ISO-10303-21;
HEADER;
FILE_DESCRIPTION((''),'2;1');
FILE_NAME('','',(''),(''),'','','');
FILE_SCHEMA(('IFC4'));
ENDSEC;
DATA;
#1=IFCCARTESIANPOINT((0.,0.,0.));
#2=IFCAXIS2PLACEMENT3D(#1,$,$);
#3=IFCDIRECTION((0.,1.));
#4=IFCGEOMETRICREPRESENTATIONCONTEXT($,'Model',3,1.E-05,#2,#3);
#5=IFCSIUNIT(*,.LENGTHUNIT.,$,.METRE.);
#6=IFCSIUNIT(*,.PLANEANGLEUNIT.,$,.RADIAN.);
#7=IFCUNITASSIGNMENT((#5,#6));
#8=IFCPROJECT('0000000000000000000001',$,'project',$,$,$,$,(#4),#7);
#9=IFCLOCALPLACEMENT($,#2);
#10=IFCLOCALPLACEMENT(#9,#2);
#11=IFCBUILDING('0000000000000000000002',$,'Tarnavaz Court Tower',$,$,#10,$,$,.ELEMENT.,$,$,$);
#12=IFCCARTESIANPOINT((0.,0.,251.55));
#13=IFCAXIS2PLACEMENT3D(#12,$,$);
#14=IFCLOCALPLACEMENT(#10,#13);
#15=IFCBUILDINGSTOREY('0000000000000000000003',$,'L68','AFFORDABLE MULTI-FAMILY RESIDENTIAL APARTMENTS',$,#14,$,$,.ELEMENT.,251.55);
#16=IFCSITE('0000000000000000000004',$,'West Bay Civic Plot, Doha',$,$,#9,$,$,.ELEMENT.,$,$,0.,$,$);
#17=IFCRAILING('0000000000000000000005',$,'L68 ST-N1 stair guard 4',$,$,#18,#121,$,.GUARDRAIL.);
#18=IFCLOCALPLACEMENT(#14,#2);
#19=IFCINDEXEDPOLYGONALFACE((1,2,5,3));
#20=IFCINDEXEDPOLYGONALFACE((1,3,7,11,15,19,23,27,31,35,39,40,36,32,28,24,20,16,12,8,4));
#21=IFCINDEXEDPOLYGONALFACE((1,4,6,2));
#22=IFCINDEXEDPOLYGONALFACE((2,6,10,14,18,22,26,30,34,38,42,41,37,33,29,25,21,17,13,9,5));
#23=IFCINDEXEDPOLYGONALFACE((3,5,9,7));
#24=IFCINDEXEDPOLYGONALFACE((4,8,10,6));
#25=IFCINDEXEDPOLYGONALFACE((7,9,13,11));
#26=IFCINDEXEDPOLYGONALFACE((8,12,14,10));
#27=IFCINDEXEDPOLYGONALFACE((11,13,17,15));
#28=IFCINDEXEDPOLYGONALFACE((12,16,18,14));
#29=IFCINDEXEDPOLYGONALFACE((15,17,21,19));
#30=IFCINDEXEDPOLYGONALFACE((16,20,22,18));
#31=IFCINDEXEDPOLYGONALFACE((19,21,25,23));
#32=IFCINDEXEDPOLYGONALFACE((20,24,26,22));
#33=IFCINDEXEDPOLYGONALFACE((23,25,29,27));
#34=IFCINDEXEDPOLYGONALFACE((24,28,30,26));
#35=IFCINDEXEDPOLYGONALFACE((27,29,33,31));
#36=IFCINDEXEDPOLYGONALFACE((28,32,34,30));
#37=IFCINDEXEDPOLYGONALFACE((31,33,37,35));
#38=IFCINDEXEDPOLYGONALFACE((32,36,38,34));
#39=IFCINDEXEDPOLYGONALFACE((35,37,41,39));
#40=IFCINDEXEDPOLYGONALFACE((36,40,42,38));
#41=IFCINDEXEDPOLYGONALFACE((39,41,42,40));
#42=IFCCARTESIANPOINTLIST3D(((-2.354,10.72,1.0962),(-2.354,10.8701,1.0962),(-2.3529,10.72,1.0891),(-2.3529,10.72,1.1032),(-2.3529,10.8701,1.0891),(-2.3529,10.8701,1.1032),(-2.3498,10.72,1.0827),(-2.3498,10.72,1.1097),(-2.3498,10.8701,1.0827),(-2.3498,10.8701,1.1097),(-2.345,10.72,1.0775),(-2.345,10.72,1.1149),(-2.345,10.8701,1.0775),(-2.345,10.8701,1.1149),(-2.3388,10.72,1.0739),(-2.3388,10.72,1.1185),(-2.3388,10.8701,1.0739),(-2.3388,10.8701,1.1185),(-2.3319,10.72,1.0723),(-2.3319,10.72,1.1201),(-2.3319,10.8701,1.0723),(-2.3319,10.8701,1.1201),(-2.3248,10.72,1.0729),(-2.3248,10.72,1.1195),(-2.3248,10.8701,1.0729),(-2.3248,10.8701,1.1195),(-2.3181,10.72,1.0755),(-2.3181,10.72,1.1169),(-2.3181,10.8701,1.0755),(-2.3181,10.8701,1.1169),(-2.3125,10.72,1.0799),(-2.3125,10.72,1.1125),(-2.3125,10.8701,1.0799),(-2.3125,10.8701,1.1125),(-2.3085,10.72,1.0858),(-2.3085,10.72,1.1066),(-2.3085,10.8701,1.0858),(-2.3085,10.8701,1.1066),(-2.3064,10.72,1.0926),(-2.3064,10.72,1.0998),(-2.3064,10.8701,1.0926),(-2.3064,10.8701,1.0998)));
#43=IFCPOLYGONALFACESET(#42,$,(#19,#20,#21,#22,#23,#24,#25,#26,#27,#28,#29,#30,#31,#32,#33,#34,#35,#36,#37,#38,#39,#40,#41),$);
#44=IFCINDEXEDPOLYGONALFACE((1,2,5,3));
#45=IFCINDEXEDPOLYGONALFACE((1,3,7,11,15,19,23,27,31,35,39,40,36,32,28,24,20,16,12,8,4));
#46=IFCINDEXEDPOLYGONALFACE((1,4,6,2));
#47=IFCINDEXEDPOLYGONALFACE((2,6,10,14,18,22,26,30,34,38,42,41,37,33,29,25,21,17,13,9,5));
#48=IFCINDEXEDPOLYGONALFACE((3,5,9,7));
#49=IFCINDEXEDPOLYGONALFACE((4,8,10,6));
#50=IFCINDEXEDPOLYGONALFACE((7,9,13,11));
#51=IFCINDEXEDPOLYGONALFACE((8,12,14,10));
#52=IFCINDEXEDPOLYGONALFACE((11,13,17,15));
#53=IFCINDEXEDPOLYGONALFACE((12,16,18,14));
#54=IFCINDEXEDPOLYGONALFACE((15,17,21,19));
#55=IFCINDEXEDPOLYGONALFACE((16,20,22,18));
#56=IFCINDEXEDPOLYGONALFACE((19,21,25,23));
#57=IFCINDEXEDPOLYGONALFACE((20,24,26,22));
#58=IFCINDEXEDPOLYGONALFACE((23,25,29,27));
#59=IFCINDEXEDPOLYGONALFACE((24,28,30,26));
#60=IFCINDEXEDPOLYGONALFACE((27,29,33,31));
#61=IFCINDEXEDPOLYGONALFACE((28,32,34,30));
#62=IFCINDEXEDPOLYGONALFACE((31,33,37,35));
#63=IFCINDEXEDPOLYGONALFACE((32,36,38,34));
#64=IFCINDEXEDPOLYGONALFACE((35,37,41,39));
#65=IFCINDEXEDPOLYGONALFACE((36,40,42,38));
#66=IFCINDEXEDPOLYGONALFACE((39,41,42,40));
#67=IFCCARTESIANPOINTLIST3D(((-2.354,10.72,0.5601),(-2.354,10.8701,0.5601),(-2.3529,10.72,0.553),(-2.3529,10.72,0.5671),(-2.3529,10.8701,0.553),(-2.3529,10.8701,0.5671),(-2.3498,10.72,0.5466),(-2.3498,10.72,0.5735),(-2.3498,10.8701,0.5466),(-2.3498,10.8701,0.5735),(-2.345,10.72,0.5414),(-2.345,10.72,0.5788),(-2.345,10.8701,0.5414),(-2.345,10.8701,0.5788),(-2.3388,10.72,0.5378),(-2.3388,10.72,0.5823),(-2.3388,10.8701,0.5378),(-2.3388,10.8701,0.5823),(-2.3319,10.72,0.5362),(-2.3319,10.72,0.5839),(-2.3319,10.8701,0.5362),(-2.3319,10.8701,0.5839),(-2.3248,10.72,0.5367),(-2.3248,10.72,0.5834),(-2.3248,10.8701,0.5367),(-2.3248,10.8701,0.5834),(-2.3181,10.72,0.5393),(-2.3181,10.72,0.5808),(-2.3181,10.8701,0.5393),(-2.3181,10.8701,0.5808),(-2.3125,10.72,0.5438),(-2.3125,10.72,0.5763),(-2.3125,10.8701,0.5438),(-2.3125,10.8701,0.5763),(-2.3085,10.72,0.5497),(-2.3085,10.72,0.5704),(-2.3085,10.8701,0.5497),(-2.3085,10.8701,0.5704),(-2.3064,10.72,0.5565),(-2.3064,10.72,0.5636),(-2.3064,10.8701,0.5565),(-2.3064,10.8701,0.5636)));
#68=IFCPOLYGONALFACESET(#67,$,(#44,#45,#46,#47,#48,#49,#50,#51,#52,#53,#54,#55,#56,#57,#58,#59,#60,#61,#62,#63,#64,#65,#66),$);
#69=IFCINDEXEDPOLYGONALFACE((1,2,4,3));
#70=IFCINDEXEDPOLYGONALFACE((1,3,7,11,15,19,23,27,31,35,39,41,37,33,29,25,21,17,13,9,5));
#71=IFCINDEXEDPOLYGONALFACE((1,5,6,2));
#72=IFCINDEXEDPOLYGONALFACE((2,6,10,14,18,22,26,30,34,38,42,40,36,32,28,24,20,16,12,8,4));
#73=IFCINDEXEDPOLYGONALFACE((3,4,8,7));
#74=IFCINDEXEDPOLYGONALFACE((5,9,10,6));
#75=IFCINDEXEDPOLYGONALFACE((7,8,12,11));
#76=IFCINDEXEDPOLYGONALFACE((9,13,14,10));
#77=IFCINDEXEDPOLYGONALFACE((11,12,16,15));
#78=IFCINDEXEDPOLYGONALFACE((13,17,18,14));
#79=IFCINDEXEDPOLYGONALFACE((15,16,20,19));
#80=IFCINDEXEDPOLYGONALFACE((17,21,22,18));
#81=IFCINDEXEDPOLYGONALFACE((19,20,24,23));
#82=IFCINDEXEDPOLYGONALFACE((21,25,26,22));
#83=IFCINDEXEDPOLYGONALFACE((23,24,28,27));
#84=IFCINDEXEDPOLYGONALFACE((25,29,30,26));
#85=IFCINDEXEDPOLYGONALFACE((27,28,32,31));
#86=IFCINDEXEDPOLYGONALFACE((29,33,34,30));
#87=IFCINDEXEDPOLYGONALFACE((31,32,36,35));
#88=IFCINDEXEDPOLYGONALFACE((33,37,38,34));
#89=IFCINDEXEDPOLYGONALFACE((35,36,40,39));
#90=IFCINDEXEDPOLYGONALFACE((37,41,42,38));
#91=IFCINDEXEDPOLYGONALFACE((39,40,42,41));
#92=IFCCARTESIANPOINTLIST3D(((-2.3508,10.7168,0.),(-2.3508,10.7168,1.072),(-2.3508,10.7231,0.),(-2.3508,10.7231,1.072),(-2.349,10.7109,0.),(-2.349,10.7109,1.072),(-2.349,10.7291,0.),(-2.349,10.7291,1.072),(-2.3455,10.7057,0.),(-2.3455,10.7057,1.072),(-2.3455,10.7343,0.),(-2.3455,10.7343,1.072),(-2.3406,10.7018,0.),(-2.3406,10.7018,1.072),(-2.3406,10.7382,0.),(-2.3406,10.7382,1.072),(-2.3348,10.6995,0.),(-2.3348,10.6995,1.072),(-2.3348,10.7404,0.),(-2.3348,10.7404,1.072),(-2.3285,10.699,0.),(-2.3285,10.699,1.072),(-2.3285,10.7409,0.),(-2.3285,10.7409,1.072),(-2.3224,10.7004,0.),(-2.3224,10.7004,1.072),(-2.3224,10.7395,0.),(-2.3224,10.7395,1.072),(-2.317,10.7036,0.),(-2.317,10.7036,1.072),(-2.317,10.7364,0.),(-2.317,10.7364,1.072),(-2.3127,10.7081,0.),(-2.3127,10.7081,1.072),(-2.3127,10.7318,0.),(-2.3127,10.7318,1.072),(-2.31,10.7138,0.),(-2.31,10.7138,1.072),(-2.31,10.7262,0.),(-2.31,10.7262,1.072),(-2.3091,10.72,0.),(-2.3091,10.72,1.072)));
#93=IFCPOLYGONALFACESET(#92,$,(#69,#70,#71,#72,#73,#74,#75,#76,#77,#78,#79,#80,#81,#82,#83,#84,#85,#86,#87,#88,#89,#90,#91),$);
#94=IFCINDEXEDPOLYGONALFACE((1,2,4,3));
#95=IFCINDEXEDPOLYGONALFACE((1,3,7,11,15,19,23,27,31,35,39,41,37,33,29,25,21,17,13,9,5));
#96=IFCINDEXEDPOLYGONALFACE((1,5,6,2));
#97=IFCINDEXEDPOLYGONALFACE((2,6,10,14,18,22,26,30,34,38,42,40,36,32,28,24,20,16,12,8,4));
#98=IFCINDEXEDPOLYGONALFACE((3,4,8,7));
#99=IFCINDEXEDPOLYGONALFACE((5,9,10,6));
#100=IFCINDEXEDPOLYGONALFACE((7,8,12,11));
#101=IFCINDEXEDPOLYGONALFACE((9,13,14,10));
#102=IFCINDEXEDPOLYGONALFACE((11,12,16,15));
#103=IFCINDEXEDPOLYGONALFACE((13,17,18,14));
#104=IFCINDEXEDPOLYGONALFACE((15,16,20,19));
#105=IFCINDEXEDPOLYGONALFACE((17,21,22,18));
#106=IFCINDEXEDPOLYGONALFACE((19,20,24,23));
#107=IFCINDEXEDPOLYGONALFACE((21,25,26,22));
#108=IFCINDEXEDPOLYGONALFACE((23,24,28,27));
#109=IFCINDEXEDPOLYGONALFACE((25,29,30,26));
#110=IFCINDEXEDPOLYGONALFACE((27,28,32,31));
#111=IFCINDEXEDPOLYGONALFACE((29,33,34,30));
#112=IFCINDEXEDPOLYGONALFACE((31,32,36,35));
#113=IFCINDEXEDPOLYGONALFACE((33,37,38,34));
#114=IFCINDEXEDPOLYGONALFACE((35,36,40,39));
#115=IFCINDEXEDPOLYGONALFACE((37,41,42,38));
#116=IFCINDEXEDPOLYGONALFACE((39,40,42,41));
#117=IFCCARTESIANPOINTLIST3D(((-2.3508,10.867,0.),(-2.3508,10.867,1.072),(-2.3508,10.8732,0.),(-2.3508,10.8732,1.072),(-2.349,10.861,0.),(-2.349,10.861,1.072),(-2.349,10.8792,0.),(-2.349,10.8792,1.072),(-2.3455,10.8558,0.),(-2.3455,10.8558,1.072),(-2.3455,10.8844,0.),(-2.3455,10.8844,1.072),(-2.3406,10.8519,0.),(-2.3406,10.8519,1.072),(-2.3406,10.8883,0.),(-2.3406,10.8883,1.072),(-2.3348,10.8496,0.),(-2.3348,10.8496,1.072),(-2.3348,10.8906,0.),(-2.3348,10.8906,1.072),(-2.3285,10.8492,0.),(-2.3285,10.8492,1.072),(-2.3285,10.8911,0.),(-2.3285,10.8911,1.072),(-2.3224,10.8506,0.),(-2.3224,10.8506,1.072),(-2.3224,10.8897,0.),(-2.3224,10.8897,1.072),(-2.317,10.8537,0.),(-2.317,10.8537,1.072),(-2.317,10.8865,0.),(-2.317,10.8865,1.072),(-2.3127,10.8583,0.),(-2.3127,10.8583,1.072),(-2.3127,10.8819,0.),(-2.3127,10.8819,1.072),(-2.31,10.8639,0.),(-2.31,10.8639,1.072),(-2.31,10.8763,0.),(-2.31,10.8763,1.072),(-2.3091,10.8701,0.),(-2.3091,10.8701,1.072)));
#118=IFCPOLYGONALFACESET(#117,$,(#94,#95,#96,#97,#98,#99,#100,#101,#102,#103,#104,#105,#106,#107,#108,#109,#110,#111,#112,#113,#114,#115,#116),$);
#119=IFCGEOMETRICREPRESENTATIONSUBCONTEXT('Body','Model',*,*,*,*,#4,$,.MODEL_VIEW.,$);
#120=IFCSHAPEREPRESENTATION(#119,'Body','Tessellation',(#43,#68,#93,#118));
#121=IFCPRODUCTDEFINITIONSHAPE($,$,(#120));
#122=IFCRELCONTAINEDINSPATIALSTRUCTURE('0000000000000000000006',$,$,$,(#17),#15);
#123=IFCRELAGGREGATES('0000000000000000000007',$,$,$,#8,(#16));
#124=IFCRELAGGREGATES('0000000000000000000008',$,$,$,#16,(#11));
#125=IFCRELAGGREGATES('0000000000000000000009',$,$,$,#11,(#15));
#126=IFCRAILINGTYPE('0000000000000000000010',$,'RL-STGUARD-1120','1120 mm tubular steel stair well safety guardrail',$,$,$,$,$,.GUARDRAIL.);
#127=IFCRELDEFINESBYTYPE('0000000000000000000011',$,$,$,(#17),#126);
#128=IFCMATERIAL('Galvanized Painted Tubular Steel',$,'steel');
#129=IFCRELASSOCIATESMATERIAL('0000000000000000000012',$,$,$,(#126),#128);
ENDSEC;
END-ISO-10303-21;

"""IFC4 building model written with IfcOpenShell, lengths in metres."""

from ifc_helpers import new_model, si_unit, direction, frame, origin, origin_2d, place, context, subcontext, project, spatial, circle, extrude, material, type_object, element, save


model = new_model("IFC4")

# Units and contexts
model_context = context("Model", 3, precision=1e-05, world=origin(), true_north=direction((0.0, 1.0)))
body_context = subcontext(model_context, "Body", "Model", "MODEL_VIEW")
ifc_project = project(units=[si_unit("LENGTHUNIT", "METRE"), si_unit("PLANEANGLEUNIT", "RADIAN")], contexts=[model_context])

# Site, building, storey
site_placement = place(None, origin())
site = spatial("IfcSite", under=ifc_project, at=site_placement, Name="West Bay Civic Plot, Doha", CompositionType="ELEMENT", RefElevation=0.0)
building_placement = place(site_placement, origin())
building = spatial("IfcBuilding", under=site, at=building_placement, Name="Tarnavaz Court Tower", CompositionType="ELEMENT")
storey_placement = place(building_placement, frame((0.0, 0.0, 251.55)))
storey = spatial("IfcBuildingStorey", under=building, at=storey_placement, Name="L68", Description="AFFORDABLE MULTI-FAMILY RESIDENTIAL APARTMENTS", CompositionType="ELEMENT", Elevation=251.55)

# Railing
ifc_material_1 = material(Name="Galvanized Painted Tubular Steel", Category="steel")
railing_type_1 = type_object("IfcRailingType", Name="RL-STGUARD-1120", Description="1120 mm tubular steel stair well safety guardrail", PredefinedType="GUARDRAIL", material=ifc_material_1)
railing_1_placement = place(storey_placement, frame((-2.3301, 10.72, 0.0)))
element("IfcRailing", 1, at=railing_1_placement, inside=storey, type_object=railing_type_1, Name="L68 ST-N1 stair guard 4", PredefinedType="GUARDRAIL", context=body_context, shape_type="SweptSolid", body=[
    extrude(circle(Radius=0.0239, at=origin_2d()), frame((0.0, 0.0, 1.0962), z_axis=(0.0, 1.0, 0.0), x_axis=(-1.0, 0.0, 0.0)), (0.0, 0.0, 1.0), 0.1501),
    extrude(circle(Radius=0.0239, at=origin_2d()), frame((0.0, 0.0, 0.5601), z_axis=(0.0, 1.0, 0.0), x_axis=(-1.0, 0.0, 0.0)), (0.0, 0.0, 1.0), 0.1501),
    extrude(circle(Radius=0.021, at=origin_2d()), origin(), (0.0, 0.0, 1.0), 1.072),
    extrude(circle(Radius=0.021, at=origin_2d()), frame((0.0, 0.1501, 0.0)), (0.0, 0.0, 1.0), 1.072),
])

save(model, "model.ifc")
